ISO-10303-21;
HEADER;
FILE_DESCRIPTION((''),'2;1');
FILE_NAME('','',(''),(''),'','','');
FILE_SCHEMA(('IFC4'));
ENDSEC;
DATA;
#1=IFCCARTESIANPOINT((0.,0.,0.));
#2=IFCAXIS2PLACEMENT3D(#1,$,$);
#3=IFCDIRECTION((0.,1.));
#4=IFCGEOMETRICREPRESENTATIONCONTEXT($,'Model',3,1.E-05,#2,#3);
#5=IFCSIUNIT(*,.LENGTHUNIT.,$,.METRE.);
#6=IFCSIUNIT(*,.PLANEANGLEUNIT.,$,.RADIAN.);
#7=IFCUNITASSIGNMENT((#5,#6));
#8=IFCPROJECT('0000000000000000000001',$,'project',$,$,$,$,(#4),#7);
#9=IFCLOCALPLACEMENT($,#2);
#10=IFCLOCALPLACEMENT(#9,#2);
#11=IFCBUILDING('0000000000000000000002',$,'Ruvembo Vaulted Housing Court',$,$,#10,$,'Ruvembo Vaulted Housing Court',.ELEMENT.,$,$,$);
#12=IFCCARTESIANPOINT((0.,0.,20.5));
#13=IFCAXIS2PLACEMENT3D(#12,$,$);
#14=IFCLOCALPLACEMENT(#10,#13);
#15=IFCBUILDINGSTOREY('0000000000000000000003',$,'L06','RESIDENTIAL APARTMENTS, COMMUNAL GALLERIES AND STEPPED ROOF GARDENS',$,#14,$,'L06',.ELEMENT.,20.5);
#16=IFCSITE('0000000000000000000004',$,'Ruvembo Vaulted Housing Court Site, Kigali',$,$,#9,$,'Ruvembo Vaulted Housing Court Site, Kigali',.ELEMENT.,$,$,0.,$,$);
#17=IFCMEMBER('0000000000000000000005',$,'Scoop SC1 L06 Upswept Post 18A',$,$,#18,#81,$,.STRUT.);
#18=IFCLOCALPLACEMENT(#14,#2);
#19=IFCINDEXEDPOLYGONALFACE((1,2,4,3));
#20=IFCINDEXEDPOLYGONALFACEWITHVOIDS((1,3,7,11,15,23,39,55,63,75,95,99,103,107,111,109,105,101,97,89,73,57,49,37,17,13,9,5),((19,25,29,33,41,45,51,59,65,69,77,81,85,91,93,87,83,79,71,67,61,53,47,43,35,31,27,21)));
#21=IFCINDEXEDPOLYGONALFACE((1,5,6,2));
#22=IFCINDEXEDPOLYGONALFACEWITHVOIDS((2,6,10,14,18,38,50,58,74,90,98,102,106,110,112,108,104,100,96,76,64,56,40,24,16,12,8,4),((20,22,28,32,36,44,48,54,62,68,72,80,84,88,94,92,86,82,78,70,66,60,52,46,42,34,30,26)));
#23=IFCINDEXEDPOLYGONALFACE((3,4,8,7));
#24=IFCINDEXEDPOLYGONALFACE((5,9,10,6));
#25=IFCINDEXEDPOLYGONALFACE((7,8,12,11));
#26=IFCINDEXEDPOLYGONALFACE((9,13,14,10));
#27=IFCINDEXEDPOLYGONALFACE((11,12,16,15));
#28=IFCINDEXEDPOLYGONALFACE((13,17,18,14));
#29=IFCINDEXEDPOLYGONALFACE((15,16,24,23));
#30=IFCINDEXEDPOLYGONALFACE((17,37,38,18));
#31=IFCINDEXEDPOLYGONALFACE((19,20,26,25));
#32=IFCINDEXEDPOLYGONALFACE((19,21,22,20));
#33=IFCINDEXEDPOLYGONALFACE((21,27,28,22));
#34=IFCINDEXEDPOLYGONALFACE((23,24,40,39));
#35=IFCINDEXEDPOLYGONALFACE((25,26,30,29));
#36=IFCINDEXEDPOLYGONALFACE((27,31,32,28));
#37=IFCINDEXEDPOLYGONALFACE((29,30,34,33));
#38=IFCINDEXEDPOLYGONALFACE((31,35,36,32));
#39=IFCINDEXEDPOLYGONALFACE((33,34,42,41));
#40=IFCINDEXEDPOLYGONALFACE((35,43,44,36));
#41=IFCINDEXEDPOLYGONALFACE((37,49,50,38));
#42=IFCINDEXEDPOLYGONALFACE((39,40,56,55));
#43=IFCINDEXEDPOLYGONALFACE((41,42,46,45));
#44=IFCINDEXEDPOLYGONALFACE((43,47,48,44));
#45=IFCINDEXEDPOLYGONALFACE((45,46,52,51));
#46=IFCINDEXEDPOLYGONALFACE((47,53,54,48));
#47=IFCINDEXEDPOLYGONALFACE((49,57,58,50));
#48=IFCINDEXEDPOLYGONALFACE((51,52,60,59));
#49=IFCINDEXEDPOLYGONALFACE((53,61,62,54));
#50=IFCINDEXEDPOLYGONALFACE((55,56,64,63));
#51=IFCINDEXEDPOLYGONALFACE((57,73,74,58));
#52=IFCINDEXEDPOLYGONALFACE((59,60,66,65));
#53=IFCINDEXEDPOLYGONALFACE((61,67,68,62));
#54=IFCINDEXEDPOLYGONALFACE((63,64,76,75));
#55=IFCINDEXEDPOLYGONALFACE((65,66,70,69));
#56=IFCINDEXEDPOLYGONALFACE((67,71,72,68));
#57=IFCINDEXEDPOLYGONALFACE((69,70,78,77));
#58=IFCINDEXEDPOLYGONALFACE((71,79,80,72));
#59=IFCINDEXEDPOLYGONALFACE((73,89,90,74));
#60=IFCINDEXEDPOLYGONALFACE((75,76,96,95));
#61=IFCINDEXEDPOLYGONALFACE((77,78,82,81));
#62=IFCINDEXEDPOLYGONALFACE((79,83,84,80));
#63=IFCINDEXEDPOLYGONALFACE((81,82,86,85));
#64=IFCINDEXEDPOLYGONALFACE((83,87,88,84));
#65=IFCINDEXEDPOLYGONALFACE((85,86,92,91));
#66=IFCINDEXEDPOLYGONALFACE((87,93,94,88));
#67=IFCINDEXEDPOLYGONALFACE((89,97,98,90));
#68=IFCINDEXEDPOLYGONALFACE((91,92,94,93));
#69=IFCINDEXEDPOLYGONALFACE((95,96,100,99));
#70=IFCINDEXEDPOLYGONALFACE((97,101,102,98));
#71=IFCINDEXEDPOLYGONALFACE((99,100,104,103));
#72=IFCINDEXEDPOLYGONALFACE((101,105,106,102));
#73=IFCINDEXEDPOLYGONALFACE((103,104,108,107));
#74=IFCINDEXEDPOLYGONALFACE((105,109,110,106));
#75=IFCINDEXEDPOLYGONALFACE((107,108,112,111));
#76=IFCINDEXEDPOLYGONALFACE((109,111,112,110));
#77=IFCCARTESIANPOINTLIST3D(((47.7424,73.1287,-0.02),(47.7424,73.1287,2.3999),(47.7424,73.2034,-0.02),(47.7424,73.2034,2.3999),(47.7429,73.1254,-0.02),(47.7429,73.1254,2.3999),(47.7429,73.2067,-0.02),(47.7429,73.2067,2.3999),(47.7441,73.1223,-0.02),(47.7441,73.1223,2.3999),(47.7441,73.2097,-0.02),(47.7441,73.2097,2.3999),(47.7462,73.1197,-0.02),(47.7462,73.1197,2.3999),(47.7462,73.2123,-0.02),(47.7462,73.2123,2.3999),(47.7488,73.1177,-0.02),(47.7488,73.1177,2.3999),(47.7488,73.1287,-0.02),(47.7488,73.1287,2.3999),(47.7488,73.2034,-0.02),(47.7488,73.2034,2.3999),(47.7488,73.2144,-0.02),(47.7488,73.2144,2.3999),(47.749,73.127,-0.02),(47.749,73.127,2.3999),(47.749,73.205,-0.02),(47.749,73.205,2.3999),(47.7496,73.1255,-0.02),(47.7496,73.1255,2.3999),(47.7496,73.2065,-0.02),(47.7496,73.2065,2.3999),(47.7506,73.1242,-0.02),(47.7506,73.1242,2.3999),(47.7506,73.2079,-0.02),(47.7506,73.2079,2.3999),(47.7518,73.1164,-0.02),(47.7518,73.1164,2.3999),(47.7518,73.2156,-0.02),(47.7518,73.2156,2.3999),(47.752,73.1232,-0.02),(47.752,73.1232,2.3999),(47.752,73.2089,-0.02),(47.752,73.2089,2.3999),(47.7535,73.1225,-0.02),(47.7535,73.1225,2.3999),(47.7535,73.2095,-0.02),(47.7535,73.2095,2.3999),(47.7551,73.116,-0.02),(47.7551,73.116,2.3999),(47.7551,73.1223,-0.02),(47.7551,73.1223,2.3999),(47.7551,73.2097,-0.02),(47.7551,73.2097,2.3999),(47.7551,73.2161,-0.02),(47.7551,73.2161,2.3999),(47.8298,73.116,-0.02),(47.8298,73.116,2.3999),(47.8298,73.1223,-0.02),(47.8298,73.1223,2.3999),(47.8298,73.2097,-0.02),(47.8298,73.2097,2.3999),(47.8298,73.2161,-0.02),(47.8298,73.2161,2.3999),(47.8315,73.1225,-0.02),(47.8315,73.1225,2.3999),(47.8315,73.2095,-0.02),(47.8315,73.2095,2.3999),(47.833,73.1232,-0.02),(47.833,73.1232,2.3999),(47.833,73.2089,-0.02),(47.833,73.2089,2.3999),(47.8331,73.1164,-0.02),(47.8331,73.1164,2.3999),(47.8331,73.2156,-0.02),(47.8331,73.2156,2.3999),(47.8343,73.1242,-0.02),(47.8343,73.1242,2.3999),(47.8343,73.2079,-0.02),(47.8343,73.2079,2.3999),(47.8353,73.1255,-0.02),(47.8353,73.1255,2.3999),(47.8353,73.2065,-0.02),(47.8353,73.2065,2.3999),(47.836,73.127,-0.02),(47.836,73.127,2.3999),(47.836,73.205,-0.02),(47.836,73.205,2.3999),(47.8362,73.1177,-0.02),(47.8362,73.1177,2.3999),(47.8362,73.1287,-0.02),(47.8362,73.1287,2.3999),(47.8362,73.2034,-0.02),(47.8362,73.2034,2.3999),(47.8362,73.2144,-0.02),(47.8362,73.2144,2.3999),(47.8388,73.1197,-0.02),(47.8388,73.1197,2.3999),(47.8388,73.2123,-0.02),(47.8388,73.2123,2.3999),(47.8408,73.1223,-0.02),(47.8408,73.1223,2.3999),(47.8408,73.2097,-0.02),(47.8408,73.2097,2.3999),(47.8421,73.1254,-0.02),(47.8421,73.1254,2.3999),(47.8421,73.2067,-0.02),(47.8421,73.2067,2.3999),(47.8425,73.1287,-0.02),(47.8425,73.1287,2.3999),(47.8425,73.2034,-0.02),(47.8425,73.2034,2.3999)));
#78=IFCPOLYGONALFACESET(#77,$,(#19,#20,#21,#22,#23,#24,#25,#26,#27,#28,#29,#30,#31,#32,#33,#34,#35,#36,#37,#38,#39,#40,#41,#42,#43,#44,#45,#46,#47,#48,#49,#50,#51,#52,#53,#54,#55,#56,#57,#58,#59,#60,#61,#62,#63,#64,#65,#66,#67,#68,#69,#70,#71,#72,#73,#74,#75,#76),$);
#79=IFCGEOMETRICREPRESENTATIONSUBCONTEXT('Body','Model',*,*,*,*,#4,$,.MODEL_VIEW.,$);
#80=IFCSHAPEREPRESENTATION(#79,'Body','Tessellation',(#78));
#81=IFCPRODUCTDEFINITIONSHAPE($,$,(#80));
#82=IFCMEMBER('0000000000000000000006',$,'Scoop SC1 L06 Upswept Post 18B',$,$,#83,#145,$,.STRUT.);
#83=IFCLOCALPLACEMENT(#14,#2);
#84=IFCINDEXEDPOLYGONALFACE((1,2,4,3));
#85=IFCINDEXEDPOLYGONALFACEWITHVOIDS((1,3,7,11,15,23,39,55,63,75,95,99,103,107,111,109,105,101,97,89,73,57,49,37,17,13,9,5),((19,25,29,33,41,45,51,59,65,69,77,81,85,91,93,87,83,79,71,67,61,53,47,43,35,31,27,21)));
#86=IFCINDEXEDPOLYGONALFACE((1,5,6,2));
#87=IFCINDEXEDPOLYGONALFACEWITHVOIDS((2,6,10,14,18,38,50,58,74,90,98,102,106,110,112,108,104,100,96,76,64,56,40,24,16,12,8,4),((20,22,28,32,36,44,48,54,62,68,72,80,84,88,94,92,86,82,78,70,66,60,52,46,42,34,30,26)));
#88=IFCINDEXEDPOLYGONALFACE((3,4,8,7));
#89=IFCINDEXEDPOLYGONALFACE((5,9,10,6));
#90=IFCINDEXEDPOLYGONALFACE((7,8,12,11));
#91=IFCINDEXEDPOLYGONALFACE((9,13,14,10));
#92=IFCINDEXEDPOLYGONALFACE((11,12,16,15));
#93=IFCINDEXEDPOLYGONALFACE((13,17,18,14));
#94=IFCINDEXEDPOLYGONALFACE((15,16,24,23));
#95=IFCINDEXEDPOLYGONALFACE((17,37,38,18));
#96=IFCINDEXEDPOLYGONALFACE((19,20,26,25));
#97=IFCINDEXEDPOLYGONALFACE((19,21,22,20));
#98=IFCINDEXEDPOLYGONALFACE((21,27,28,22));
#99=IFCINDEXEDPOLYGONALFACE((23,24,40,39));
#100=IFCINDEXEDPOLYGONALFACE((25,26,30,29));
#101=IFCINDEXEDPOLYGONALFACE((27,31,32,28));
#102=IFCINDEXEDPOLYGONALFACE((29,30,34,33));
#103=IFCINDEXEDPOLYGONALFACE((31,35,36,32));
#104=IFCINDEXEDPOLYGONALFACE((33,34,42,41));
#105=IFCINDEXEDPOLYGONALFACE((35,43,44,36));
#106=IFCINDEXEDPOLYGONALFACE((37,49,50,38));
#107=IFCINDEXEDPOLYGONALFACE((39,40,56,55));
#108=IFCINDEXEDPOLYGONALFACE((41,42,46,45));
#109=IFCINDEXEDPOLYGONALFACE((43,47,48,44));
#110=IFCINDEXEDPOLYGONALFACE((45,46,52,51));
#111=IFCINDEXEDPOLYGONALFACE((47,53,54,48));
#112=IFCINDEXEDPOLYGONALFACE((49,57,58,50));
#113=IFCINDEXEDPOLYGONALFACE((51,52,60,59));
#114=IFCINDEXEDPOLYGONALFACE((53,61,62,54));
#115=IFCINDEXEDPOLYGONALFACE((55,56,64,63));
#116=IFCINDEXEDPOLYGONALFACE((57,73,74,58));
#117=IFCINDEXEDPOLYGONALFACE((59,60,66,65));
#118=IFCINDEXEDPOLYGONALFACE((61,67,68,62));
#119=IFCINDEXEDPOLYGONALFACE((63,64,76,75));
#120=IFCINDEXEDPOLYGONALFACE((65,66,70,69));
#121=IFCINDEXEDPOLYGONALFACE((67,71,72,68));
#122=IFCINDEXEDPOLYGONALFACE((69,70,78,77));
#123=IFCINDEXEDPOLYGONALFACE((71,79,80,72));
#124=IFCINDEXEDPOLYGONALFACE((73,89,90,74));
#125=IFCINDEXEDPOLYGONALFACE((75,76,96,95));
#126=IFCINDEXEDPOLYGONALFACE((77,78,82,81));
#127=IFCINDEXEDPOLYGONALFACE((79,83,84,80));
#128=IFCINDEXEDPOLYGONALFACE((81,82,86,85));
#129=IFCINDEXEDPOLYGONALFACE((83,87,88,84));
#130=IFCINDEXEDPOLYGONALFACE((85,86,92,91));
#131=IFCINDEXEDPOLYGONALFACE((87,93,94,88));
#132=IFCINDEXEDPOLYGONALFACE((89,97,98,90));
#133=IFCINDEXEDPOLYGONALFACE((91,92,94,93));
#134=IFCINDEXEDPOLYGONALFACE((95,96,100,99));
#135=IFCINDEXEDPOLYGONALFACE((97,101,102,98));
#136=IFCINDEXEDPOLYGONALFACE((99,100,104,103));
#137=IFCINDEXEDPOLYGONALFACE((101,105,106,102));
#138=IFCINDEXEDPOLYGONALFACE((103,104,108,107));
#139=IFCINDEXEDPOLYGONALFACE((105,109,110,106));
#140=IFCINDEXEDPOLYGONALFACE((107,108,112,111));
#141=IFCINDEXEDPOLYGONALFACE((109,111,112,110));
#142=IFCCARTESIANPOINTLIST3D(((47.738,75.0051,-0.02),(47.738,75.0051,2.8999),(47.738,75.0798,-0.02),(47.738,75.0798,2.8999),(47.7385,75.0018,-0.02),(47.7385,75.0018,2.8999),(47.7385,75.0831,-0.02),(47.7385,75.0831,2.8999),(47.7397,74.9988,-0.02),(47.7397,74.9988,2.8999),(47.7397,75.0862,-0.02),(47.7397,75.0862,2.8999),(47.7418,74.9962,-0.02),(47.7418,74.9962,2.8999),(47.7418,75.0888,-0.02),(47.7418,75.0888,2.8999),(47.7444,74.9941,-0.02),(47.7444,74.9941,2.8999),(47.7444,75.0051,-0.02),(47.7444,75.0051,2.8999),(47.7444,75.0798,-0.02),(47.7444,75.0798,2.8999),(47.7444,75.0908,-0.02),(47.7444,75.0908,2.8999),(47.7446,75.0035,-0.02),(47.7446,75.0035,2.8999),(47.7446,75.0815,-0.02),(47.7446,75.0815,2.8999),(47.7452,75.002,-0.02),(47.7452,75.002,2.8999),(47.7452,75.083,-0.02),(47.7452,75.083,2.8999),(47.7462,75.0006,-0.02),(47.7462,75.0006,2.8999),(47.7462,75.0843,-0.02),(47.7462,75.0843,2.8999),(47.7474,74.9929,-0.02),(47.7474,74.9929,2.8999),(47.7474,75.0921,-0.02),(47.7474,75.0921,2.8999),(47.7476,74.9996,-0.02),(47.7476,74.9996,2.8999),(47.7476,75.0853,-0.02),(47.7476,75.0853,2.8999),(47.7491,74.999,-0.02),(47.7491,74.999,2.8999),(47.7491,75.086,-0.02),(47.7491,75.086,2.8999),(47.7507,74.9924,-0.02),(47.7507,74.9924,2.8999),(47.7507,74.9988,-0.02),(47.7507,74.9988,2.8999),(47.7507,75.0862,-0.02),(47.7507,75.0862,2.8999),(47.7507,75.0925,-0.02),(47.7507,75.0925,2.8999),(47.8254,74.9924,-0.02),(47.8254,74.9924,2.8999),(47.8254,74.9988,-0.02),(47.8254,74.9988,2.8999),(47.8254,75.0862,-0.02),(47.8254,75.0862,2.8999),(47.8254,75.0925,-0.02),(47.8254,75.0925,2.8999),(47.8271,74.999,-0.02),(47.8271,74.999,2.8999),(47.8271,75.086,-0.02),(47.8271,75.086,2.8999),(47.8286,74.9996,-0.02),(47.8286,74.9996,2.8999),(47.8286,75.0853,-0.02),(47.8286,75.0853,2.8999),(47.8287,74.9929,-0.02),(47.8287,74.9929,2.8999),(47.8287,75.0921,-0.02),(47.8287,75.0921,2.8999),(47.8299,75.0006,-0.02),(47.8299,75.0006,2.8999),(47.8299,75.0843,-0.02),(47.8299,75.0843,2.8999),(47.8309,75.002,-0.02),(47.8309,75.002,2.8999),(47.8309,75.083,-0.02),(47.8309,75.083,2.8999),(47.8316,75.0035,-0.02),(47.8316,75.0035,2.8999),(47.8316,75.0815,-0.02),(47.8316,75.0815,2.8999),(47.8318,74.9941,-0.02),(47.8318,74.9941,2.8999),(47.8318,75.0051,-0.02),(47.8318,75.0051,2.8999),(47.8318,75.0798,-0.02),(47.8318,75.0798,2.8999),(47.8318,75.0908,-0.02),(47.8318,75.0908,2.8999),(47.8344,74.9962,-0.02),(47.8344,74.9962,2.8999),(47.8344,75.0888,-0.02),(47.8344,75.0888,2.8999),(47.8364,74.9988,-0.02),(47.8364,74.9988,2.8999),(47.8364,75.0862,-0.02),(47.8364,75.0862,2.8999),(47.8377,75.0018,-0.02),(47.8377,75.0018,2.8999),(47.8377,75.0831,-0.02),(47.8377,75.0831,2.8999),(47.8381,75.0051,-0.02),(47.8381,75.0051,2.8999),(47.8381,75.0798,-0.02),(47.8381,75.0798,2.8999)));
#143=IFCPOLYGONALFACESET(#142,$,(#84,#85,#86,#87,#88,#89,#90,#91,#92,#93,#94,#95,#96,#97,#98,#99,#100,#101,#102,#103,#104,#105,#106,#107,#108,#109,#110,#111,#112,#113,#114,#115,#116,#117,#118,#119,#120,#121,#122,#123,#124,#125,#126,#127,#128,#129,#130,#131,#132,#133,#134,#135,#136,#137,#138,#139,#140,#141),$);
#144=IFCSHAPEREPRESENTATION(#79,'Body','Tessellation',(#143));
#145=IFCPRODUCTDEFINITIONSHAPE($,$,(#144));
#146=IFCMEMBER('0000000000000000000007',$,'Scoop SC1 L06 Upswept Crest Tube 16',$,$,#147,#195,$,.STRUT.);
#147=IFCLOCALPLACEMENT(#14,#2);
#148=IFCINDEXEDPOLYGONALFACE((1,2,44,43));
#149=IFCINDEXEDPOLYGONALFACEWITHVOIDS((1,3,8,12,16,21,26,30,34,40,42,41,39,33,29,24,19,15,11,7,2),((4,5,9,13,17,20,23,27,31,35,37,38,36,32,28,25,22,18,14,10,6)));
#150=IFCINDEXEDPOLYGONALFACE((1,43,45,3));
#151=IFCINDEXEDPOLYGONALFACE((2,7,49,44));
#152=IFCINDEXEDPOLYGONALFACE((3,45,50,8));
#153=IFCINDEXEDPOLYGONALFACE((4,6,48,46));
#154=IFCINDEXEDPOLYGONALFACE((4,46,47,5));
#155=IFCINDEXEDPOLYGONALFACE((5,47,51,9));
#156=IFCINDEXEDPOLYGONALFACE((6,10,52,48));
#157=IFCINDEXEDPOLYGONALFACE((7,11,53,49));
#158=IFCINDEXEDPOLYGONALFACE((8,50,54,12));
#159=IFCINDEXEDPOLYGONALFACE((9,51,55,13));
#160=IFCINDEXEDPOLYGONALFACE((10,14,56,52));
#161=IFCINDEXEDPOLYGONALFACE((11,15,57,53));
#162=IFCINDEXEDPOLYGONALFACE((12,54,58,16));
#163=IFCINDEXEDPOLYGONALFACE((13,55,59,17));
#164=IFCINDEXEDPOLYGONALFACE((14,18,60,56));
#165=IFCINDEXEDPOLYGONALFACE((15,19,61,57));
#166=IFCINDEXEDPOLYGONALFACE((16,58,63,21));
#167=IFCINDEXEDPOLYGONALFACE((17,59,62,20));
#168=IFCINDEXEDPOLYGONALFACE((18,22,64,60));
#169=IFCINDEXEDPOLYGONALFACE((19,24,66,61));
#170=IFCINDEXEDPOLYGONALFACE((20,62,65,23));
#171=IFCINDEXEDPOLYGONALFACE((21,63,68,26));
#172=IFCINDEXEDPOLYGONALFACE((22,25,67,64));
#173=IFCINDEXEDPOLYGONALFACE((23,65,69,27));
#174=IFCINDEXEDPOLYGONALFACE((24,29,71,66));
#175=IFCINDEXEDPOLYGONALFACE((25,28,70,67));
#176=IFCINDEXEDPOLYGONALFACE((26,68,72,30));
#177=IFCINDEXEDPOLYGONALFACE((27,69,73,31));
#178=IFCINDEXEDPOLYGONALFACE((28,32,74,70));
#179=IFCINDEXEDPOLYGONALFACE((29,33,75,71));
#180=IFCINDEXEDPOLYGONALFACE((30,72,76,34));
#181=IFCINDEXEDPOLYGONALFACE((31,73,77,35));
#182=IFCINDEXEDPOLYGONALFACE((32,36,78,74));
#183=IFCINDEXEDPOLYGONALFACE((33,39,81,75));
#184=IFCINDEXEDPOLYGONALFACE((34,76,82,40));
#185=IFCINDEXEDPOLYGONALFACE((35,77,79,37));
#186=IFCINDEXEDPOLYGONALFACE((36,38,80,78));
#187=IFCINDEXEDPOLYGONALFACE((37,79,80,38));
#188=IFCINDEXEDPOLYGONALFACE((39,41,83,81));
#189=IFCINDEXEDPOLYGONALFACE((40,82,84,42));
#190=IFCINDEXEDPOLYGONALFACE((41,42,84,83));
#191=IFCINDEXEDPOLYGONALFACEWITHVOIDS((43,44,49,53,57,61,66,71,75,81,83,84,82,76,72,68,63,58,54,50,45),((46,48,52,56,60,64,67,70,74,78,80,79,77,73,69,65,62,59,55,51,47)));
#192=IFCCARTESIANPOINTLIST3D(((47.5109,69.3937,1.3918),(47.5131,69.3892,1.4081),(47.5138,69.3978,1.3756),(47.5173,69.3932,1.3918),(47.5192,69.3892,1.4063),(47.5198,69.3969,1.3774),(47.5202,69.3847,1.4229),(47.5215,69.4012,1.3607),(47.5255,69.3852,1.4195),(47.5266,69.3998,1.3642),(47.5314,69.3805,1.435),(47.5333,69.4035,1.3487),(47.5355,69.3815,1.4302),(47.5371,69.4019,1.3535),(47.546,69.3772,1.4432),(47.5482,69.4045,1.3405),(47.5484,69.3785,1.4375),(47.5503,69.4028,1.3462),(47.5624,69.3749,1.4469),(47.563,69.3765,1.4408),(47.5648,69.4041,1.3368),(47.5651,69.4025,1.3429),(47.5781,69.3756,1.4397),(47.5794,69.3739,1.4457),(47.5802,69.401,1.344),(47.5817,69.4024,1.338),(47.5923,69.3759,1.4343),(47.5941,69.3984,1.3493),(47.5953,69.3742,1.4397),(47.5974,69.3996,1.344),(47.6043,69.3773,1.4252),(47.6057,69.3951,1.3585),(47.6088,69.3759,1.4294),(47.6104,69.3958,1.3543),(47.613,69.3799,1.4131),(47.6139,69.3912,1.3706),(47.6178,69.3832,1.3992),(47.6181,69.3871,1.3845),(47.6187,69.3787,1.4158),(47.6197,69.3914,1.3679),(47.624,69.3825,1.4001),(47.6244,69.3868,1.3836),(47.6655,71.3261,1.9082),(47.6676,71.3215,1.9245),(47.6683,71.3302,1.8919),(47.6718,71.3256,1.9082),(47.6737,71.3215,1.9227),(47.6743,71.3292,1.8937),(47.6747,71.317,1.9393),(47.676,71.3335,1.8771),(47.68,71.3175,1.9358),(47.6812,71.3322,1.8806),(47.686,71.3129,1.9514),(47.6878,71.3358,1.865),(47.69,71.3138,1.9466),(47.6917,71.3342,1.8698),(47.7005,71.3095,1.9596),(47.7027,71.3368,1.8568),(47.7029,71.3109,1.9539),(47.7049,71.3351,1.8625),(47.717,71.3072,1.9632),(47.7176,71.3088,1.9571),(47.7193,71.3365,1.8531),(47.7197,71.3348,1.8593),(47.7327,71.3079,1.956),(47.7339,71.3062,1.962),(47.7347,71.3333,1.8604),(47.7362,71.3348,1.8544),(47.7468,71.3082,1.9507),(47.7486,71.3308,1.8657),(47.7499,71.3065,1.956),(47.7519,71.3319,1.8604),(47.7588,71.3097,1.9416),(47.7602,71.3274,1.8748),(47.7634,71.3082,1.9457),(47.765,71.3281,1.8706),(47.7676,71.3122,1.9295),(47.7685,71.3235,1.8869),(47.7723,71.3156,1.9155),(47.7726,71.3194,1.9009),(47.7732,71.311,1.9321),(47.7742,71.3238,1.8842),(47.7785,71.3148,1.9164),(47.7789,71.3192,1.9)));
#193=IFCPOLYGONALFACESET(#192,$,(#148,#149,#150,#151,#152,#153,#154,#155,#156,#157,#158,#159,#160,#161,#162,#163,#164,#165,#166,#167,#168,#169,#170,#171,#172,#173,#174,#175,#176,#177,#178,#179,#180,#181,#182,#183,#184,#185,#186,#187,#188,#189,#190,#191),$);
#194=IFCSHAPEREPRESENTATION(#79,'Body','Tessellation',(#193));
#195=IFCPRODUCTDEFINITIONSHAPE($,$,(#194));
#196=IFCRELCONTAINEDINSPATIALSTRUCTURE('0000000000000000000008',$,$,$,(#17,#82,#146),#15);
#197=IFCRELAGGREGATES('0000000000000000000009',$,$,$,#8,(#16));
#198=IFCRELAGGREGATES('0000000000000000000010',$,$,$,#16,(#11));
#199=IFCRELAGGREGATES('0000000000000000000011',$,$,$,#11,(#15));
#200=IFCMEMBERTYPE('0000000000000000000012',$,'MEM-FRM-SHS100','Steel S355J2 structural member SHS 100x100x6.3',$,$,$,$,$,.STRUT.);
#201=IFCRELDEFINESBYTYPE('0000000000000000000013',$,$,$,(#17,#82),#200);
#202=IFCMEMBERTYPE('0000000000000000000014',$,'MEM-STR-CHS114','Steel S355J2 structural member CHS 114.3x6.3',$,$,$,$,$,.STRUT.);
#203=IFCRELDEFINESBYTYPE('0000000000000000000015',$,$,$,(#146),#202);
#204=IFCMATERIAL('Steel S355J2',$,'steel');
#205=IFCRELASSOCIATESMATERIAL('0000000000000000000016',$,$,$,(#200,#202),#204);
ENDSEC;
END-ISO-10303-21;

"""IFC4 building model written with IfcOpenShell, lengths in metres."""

from ifc_helpers import new_model, si_unit, direction, frame, origin, origin_2d, place, context, subcontext, project, spatial, hollow_rectangle, hollow_circle, extrude, material, material_profile, profile_set, type_object, element, save


model = new_model("IFC4")

# Units and contexts
model_context = context("Model", 3, precision=1e-05, world=origin(), true_north=direction((0.0, 1.0)))
body_context = subcontext(model_context, "Body", "Model", "MODEL_VIEW")
ifc_project = project(units=[si_unit("LENGTHUNIT", "METRE"), si_unit("PLANEANGLEUNIT", "RADIAN")], contexts=[model_context])

# Site, building, storey
site_placement = place(None, origin())
site = spatial("IfcSite", under=ifc_project, at=site_placement, Name="Ruvembo Vaulted Housing Court Site, Kigali", LongName="Ruvembo Vaulted Housing Court Site, Kigali", CompositionType="ELEMENT", RefElevation=0.0)
building_placement = place(site_placement, origin())
building = spatial("IfcBuilding", under=site, at=building_placement, Name="Ruvembo Vaulted Housing Court", LongName="Ruvembo Vaulted Housing Court", CompositionType="ELEMENT")
storey_placement = place(building_placement, frame((0.0, 0.0, 20.5)))
storey = spatial("IfcBuildingStorey", under=building, at=storey_placement, Name="L06", Description="RESIDENTIAL APARTMENTS, COMMUNAL GALLERIES AND STEPPED ROOF GARDENS", LongName="L06", CompositionType="ELEMENT", Elevation=20.5)

# Members
ifc_material_1 = material(Name="Steel S355J2", Category="steel")
ifc_material_profile_1 = material_profile(ifc_material_1, hollow_rectangle(XDim=0.1001, YDim=0.1001, WallThickness=0.0063, InnerFilletRadius=0.0063, OuterFilletRadius=0.0127, at=origin_2d()), Name="SHS 100x100x6.3")
ifc_profile_set_1 = profile_set([ifc_material_profile_1], Name="Steel S355J2")
member_type_1 = type_object("IfcMemberType", Name="MEM-FRM-SHS100", Description="Steel S355J2 structural member SHS 100x100x6.3", PredefinedType="STRUT", material=ifc_profile_set_1)
member_1_placement = place(storey_placement, frame((47.7925, 73.166, -0.02), z_axis=(0.0, 0.0, 1.0), x_axis=(1.0, 0.0, 0.0)))
element("IfcMember", 1, at=member_1_placement, inside=storey, type_object=member_type_1, Name="Scoop SC1 L06 Upswept Post 18A", PredefinedType="STRUT", context=body_context, shape_type="SweptSolid", body=[
    extrude(hollow_rectangle(XDim=0.1001, YDim=0.1001, WallThickness=0.0063, InnerFilletRadius=0.0063, OuterFilletRadius=0.0127, at=origin_2d()), origin(), (0.0, 0.0, 1.0), 2.4199),
])
member_2_placement = place(storey_placement, frame((47.7881, 75.0425, -0.02), z_axis=(0.0, 0.0, 1.0), x_axis=(1.0, 0.0, 0.0)))
element("IfcMember", 2, at=member_2_placement, inside=storey, type_object=member_type_1, Name="Scoop SC1 L06 Upswept Post 18B", PredefinedType="STRUT", context=body_context, shape_type="SweptSolid", body=[
    extrude(hollow_rectangle(XDim=0.1001, YDim=0.1001, WallThickness=0.0063, InnerFilletRadius=0.0063, OuterFilletRadius=0.0127, at=origin_2d()), origin(), (0.0, 0.0, 1.0), 2.9199),
])
ifc_material_profile_2 = material_profile(ifc_material_1, hollow_circle(Radius=0.0571, WallThickness=0.0063, at=origin_2d()), Name="CHS 114.3x6.3")
ifc_profile_set_2 = profile_set([ifc_material_profile_2], Name="Steel S355J2")
member_type_2 = type_object("IfcMemberType", Name="MEM-STR-CHS114", Description="Steel S355J2 structural member CHS 114.3x6.3", PredefinedType="STRUT", material=ifc_profile_set_2)
for number, where, z_axis, x_axis, name in (
    (3, (47.5679, 69.3892, 1.3918), (0.077034, 0.963232, 0.257389), (-0.996817, 0.07972, 0.0), "Scoop SC1 L06 Upswept Crest Tube 16"),
):
    element("IfcMember", number, at=place(storey_placement, frame(where, z_axis=z_axis, x_axis=x_axis)), inside=storey, type_object=member_type_2, Name=name, PredefinedType="STRUT", context=body_context, shape_type="SweptSolid", body=[
        extrude(hollow_circle(Radius=0.0571, WallThickness=0.0063, at=origin_2d()), origin(), (0.0, 0.0, 1.0), 2.0061),
    ])

save(model, "model.ifc")
